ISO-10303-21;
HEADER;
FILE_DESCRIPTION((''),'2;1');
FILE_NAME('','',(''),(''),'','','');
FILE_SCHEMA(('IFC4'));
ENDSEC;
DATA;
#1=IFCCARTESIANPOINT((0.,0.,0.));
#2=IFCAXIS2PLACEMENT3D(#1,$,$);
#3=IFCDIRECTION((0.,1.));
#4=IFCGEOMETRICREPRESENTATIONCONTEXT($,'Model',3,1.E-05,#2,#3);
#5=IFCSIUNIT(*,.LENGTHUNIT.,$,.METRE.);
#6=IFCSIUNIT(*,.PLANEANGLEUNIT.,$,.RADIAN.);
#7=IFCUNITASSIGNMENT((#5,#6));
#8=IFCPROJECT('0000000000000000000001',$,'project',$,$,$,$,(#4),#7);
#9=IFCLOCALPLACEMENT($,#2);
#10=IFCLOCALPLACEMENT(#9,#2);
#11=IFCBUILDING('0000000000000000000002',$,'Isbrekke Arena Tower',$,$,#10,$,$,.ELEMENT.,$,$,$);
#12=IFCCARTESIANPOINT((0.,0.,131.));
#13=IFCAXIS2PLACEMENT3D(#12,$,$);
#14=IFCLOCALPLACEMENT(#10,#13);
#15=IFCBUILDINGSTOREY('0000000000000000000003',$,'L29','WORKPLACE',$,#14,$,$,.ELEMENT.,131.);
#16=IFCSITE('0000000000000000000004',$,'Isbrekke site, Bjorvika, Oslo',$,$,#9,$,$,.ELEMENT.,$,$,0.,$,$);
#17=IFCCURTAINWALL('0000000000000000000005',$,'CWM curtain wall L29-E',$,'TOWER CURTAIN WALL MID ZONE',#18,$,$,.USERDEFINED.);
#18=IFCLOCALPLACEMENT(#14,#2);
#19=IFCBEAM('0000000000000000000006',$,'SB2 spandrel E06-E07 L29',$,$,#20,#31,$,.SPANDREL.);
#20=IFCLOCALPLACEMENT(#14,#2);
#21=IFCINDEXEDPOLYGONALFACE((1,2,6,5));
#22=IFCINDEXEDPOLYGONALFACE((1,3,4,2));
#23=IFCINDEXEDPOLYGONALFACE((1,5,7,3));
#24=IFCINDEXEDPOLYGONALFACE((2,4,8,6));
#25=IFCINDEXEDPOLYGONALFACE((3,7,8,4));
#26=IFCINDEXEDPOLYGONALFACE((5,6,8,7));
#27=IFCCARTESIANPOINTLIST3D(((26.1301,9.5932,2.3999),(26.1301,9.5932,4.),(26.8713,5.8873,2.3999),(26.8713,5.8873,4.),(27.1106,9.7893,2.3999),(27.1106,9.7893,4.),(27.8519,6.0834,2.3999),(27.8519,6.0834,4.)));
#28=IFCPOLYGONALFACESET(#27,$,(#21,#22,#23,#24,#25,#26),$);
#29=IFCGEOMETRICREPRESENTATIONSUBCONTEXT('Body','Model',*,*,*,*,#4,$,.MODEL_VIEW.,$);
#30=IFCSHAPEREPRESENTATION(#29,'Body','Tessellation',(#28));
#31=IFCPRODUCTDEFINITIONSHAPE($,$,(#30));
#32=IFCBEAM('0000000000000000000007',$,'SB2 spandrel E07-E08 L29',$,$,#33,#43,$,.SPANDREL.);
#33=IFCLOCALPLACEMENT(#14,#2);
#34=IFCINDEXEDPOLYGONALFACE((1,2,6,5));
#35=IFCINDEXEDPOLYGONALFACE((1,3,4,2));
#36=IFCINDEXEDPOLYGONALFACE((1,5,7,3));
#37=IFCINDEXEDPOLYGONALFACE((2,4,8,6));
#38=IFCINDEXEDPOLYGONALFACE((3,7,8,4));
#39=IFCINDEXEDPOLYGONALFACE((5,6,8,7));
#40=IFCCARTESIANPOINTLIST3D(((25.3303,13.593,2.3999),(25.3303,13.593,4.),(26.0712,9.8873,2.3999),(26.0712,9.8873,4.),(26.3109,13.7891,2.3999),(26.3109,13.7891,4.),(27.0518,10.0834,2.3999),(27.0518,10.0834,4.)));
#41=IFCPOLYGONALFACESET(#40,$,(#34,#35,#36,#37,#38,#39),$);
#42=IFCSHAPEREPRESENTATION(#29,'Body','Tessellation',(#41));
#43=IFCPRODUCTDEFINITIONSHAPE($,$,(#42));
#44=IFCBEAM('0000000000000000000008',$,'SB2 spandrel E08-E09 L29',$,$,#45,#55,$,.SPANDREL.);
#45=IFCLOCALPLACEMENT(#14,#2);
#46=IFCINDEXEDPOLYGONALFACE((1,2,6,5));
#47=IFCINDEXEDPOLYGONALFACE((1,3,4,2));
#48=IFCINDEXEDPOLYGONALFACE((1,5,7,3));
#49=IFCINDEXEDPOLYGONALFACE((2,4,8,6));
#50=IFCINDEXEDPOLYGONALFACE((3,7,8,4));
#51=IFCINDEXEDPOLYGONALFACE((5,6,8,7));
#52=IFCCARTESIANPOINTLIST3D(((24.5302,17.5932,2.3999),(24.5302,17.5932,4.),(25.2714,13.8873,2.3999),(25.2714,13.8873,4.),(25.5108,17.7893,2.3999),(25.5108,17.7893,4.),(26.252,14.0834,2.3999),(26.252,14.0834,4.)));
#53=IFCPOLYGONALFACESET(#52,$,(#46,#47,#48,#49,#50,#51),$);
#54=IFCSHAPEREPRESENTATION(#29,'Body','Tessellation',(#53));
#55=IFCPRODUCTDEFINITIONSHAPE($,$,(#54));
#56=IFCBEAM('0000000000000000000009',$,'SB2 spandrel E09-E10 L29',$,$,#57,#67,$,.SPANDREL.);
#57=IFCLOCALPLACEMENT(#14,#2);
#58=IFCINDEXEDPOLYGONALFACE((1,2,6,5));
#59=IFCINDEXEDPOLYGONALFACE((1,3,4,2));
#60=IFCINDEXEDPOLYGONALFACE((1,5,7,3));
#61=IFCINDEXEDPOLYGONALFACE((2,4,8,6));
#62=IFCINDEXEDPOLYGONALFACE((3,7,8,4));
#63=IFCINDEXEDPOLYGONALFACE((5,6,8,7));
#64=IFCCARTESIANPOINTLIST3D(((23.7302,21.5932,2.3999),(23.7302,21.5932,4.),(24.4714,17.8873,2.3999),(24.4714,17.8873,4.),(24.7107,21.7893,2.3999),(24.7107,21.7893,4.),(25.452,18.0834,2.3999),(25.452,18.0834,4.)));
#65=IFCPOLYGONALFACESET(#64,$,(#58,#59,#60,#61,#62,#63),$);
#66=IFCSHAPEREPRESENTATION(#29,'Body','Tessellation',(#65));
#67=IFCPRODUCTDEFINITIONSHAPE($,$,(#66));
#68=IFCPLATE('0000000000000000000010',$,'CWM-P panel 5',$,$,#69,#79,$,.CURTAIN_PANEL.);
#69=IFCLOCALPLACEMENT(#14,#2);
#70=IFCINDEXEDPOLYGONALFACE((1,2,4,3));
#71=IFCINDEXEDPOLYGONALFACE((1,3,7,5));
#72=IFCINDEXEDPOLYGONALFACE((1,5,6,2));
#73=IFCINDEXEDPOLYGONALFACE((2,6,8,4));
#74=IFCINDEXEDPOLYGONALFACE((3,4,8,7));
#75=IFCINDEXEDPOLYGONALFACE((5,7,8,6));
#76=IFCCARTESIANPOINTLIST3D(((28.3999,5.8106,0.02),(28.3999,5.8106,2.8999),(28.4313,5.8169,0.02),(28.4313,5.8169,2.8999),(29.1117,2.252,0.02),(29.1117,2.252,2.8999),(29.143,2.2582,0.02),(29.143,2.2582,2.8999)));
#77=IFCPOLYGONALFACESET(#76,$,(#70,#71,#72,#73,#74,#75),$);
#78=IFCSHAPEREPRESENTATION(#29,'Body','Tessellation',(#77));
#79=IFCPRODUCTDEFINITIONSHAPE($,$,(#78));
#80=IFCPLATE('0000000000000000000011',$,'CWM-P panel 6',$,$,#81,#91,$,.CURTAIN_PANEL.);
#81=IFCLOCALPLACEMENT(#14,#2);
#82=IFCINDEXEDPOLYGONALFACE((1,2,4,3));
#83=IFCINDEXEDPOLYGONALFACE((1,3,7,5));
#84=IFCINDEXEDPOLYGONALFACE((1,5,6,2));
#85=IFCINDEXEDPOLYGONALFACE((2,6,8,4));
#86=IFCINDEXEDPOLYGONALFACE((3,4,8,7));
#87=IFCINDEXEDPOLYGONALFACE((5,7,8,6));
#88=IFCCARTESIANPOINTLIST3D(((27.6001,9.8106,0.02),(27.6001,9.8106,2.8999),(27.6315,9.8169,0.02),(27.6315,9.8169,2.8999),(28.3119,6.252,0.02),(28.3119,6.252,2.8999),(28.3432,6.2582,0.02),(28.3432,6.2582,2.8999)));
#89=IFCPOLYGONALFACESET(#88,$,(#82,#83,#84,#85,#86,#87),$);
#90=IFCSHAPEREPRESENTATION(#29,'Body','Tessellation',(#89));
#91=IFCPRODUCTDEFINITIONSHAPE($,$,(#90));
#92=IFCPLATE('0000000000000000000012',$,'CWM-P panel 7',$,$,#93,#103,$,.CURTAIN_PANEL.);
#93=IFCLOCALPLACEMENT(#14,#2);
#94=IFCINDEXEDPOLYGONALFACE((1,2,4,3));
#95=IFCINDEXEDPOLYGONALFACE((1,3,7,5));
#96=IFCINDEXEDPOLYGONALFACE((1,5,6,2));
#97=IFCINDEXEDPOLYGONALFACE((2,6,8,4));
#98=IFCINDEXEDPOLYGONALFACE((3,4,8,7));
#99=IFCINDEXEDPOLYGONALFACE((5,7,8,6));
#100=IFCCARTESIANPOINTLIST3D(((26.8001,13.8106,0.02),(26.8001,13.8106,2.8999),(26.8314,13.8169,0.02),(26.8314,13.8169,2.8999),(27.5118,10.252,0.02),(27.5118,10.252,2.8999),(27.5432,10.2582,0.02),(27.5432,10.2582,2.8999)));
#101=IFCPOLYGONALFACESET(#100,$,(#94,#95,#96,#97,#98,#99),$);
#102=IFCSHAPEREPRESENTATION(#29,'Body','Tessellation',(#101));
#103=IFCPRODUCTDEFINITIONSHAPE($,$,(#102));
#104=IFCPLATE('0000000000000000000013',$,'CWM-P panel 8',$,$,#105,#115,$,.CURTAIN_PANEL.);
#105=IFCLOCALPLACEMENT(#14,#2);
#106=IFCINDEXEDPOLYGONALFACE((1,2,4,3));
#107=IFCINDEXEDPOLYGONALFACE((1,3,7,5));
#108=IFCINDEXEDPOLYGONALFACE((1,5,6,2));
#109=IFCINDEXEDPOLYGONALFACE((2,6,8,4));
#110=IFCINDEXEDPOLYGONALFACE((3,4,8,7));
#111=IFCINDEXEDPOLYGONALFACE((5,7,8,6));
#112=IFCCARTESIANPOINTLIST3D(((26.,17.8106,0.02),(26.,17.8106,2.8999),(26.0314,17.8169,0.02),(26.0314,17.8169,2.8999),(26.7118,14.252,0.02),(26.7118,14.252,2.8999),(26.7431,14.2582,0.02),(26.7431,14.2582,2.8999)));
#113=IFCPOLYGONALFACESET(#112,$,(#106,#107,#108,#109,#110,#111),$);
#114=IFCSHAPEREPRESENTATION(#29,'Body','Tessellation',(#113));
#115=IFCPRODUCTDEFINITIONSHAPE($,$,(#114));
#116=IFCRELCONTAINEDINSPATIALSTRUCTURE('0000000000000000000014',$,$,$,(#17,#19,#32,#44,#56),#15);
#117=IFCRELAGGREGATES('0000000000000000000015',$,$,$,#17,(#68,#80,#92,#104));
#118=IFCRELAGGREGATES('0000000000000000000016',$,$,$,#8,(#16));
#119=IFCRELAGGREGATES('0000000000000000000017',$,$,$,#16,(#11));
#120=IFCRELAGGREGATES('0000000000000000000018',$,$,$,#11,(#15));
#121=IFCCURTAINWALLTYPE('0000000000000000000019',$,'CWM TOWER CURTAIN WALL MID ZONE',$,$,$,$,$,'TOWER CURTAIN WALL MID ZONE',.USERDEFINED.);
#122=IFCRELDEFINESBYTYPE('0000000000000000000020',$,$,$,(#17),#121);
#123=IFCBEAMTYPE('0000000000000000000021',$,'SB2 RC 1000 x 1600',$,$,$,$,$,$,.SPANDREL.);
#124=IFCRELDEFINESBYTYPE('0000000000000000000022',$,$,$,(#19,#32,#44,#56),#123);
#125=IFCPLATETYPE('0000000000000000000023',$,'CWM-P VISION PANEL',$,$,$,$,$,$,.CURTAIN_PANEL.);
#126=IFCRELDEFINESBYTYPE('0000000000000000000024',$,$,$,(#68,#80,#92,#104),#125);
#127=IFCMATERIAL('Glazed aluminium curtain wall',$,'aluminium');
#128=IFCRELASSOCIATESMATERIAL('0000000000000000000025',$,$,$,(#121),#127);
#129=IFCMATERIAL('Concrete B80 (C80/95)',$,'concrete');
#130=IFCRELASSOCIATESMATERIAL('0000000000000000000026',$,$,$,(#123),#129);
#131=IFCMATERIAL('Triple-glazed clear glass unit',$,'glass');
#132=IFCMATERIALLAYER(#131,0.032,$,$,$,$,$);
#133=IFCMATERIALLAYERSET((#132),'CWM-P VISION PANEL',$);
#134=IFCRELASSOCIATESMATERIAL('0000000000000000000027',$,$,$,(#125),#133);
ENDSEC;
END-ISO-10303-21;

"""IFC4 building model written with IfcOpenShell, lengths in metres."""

from ifc_helpers import new_model, si_unit, direction, frame, origin, origin_2d, place, context, subcontext, project, spatial, rectangle, extrude, material, layer, layer_set, material_profile, profile_set, type_object, element, aggregate, save


model = new_model("IFC4")

# Units and contexts
model_context = context("Model", 3, precision=1e-05, world=origin(), true_north=direction((0.0, 1.0)))
body_context = subcontext(model_context, "Body", "Model", "MODEL_VIEW")
ifc_project = project(units=[si_unit("LENGTHUNIT", "METRE"), si_unit("PLANEANGLEUNIT", "RADIAN")], contexts=[model_context])

# Site, building, storey
site_placement = place(None, origin())
site = spatial("IfcSite", under=ifc_project, at=site_placement, Name="Isbrekke site, Bjorvika, Oslo", CompositionType="ELEMENT", RefElevation=0.0)
building_placement = place(site_placement, origin())
building = spatial("IfcBuilding", under=site, at=building_placement, Name="Isbrekke Arena Tower", CompositionType="ELEMENT")
storey_placement = place(building_placement, frame((0.0, 0.0, 131.0)))
storey = spatial("IfcBuildingStorey", under=building, at=storey_placement, Name="L29", Description="WORKPLACE", CompositionType="ELEMENT", Elevation=131.0)

# Curtain wall
ifc_material_1 = material(Name="Glazed aluminium curtain wall", Category="aluminium")
curtain_wall_type = type_object("IfcCurtainWallType", Name="CWM TOWER CURTAIN WALL MID ZONE", ElementType="TOWER CURTAIN WALL MID ZONE", PredefinedType="USERDEFINED", material=ifc_material_1)
curtain_wall_placement = place(storey_placement, origin())
curtain_wall = element("IfcCurtainWall", 1, at=curtain_wall_placement, inside=storey, type_object=curtain_wall_type, Name="CWM curtain wall L29-E", ObjectType="TOWER CURTAIN WALL MID ZONE", PredefinedType="USERDEFINED")

# Beams
ifc_material_2 = material(Name="Concrete B80 (C80/95)", Category="concrete")
ifc_material_profile_1 = material_profile(ifc_material_2, rectangle(XDim=1.0, YDim=1.6001, at=origin_2d()), Name="RC 1000x1600")
ifc_profile_set_1 = profile_set([ifc_material_profile_1], Name="Concrete B80 (C80/95)")
beam_type_1 = type_object("IfcBeamType", Name="SB2 RC 1000 x 1600", PredefinedType="SPANDREL", material=ifc_profile_set_1)
for number, where, z_axis, x_axis, name in (
    (2, (27.3616, 5.9854, 3.2), (-0.196129, 0.980578, 0.0), (-0.980578, -0.196129, 0.0), "SB2 spandrel E06-E07 L29"),
):
    element("IfcBeam", number, at=place(storey_placement, frame(where, z_axis=z_axis, x_axis=x_axis)), inside=storey, type_object=beam_type_1, Name=name, PredefinedType="SPANDREL", context=body_context, shape_type="SweptSolid", body=[
        extrude(rectangle(XDim=1.0, YDim=1.6001, at=origin_2d()), origin(), (0.0, 0.0, 1.0), 3.7793),
    ])
beam_1_placement = place(storey_placement, frame((26.5615, 9.9854, 3.2), z_axis=(-0.196066, 0.980591, 0.0), x_axis=(-0.980591, -0.196066, 0.0)))
element("IfcBeam", 3, at=beam_1_placement, inside=storey, type_object=beam_type_1, Name="SB2 spandrel E07-E08 L29", PredefinedType="SPANDREL", context=body_context, shape_type="SweptSolid", body=[
    extrude(rectangle(XDim=1.0, YDim=1.6001, at=origin_2d()), origin(), (0.0, 0.0, 1.0), 3.7791),
])
for number, where, z_axis, x_axis, name in (
    (4, (25.7617, 13.9854, 3.2), (-0.196129, 0.980578, 0.0), (-0.980578, -0.196129, 0.0), "SB2 spandrel E08-E09 L29"),
    (5, (24.9617, 17.9854, 3.2), (-0.196129, 0.980578, 0.0), (-0.980578, -0.196129, 0.0), "SB2 spandrel E09-E10 L29"),
):
    element("IfcBeam", number, at=place(storey_placement, frame(where, z_axis=z_axis, x_axis=x_axis)), inside=storey, type_object=beam_type_1, Name=name, PredefinedType="SPANDREL", context=body_context, shape_type="SweptSolid", body=[
        extrude(rectangle(XDim=1.0, YDim=1.6001, at=origin_2d()), origin(), (0.0, 0.0, 1.0), 3.7793),
    ])

# Plates
ifc_material_3 = material(Name="Triple-glazed clear glass unit", Category="glass")
ifc_layer = layer(ifc_material_3, 0.032)
ifc_layer_set = layer_set([ifc_layer], Name="CWM-P VISION PANEL")
plate_type = type_object("IfcPlateType", Name="CWM-P VISION PANEL", PredefinedType="CURTAIN_PANEL", material=ifc_layer_set)
plate_1_placement = place(storey_placement, frame((28.7715, 4.0344, 0.02), z_axis=(0.0, 0.0, 1.0), x_axis=(-0.196116, 0.980581, 0.0)))
plate_1 = element("IfcPlate", 6, at=plate_1_placement, type_object=plate_type, Name="CWM-P panel 5", PredefinedType="CURTAIN_PANEL", context=body_context, shape_type="SweptSolid", body=[
    extrude(rectangle(XDim=3.6292, YDim=0.032, at=origin_2d()), origin(), (0.0, 0.0, 1.0), 2.8799),
])
plate_2_placement = place(storey_placement, frame((27.9717, 8.0344, 0.02), z_axis=(0.0, 0.0, 1.0), x_axis=(-0.196116, 0.980581, 0.0)))
plate_2 = element("IfcPlate", 7, at=plate_2_placement, type_object=plate_type, Name="CWM-P panel 6", PredefinedType="CURTAIN_PANEL", context=body_context, shape_type="SweptSolid", body=[
    extrude(rectangle(XDim=3.6292, YDim=0.032, at=origin_2d()), origin(), (0.0, 0.0, 1.0), 2.8799),
])
plate_3_placement = place(storey_placement, frame((27.1716, 12.0344, 0.02), z_axis=(0.0, 0.0, 1.0), x_axis=(-0.196116, 0.980581, 0.0)))
plate_3 = element("IfcPlate", 8, at=plate_3_placement, type_object=plate_type, Name="CWM-P panel 7", PredefinedType="CURTAIN_PANEL", context=body_context, shape_type="SweptSolid", body=[
    extrude(rectangle(XDim=3.6292, YDim=0.032, at=origin_2d()), origin(), (0.0, 0.0, 1.0), 2.8799),
])
plate_4_placement = place(storey_placement, frame((26.3716, 16.0344, 0.02), z_axis=(0.0, 0.0, 1.0), x_axis=(-0.196116, 0.980581, 0.0)))
plate_4 = element("IfcPlate", 9, at=plate_4_placement, type_object=plate_type, Name="CWM-P panel 8", PredefinedType="CURTAIN_PANEL", context=body_context, shape_type="SweptSolid", body=[
    extrude(rectangle(XDim=3.6292, YDim=0.032, at=origin_2d()), origin(), (0.0, 0.0, 1.0), 2.8799),
])
aggregate(curtain_wall, [plate_1, plate_2, plate_3, plate_4])

save(model, "model.ifc")
